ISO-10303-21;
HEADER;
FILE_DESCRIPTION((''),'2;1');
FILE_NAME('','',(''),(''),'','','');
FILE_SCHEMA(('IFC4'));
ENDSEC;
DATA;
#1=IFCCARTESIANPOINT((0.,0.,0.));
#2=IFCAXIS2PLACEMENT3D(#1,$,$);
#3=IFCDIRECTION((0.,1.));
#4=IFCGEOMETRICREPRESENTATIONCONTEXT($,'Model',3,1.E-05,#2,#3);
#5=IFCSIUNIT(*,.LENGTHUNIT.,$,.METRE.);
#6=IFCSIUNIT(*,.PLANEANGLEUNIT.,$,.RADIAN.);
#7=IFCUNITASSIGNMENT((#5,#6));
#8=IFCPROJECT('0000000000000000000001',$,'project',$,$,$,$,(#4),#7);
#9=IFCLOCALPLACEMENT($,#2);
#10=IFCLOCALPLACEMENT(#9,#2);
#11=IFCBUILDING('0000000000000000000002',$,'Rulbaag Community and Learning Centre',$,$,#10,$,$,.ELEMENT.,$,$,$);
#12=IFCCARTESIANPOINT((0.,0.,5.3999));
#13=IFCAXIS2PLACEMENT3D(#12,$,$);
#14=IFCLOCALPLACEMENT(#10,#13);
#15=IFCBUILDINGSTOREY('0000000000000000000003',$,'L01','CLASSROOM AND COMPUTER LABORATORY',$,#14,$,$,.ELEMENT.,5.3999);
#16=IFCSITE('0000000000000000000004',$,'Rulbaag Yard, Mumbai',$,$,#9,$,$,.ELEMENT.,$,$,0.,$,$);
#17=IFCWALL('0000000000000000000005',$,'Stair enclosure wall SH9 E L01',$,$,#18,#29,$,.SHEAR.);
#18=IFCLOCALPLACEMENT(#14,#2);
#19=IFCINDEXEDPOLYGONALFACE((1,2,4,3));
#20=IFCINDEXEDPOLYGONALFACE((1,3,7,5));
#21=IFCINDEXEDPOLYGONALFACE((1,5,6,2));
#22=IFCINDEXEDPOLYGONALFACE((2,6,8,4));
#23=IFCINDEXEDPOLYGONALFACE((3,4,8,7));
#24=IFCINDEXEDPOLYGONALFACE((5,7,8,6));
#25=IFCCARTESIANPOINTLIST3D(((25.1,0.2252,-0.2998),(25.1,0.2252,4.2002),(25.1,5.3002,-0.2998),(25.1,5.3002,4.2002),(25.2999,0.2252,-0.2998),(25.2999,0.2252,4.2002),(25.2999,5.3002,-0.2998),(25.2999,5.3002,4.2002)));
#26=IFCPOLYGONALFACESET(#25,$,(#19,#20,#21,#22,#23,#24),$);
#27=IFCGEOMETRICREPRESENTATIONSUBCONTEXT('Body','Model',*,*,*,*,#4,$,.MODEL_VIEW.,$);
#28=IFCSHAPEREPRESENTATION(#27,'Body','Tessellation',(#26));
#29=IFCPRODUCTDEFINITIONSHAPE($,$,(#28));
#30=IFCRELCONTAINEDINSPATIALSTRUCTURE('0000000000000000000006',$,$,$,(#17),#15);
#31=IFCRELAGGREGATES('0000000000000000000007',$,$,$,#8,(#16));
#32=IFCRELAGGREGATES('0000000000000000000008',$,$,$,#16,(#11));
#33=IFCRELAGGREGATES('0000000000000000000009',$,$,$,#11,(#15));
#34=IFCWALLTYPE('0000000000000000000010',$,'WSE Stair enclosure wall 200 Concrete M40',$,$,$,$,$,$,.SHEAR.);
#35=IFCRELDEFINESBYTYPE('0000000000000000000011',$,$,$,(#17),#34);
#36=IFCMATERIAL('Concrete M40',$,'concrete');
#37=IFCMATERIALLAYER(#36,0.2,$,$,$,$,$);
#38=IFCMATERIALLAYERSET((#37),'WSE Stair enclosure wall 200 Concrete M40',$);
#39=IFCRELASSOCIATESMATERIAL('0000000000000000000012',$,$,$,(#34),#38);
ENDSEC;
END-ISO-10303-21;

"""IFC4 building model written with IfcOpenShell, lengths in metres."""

from ifc_helpers import new_model, si_unit, direction, frame, frame_2d, origin, place, context, subcontext, project, spatial, rectangle, extrude, material, layer, layer_set, type_object, element, save


model = new_model("IFC4")

# Units and contexts
model_context = context("Model", 3, precision=1e-05, world=origin(), true_north=direction((0.0, 1.0)))
body_context = subcontext(model_context, "Body", "Model", "MODEL_VIEW")
ifc_project = project(units=[si_unit("LENGTHUNIT", "METRE"), si_unit("PLANEANGLEUNIT", "RADIAN")], contexts=[model_context])

# Site, building, storey
site_placement = place(None, origin())
site = spatial("IfcSite", under=ifc_project, at=site_placement, Name="Rulbaag Yard, Mumbai", CompositionType="ELEMENT", RefElevation=0.0)
building_placement = place(site_placement, origin())
building = spatial("IfcBuilding", under=site, at=building_placement, Name="Rulbaag Community and Learning Centre", CompositionType="ELEMENT")
storey_placement = place(building_placement, frame((0.0, 0.0, 5.3999)))
storey = spatial("IfcBuildingStorey", under=building, at=storey_placement, Name="L01", Description="CLASSROOM AND COMPUTER LABORATORY", CompositionType="ELEMENT", Elevation=5.3999)

# Shared definitions
ifc_material_1 = material(Name="Concrete M40", Category="concrete")

# Wall
ifc_layer_1 = layer(ifc_material_1, 0.2)
ifc_layer_set_1 = layer_set([ifc_layer_1], Name="WSE Stair enclosure wall 200 Concrete M40")
wall_type_1 = type_object("IfcWallType", Name="WSE Stair enclosure wall 200 Concrete M40", PredefinedType="SHEAR", material=ifc_layer_set_1)
wall_1_placement = place(storey_placement, frame((25.2, 0.2251, -0.2998), z_axis=(0.0, 0.0, 1.0), x_axis=(0.0, 1.0, 0.0)))
element("IfcWall", 1, at=wall_1_placement, inside=storey, type_object=wall_type_1, Name="Stair enclosure wall SH9 E L01", PredefinedType="SHEAR", context=body_context, shape_type="SweptSolid", body=[
    extrude(rectangle(XDim=5.075, YDim=0.2, at=frame_2d((2.5376, 0.0))), origin(), (0.0, 0.0, 1.0), 4.5),
])

save(model, "model.ifc")
